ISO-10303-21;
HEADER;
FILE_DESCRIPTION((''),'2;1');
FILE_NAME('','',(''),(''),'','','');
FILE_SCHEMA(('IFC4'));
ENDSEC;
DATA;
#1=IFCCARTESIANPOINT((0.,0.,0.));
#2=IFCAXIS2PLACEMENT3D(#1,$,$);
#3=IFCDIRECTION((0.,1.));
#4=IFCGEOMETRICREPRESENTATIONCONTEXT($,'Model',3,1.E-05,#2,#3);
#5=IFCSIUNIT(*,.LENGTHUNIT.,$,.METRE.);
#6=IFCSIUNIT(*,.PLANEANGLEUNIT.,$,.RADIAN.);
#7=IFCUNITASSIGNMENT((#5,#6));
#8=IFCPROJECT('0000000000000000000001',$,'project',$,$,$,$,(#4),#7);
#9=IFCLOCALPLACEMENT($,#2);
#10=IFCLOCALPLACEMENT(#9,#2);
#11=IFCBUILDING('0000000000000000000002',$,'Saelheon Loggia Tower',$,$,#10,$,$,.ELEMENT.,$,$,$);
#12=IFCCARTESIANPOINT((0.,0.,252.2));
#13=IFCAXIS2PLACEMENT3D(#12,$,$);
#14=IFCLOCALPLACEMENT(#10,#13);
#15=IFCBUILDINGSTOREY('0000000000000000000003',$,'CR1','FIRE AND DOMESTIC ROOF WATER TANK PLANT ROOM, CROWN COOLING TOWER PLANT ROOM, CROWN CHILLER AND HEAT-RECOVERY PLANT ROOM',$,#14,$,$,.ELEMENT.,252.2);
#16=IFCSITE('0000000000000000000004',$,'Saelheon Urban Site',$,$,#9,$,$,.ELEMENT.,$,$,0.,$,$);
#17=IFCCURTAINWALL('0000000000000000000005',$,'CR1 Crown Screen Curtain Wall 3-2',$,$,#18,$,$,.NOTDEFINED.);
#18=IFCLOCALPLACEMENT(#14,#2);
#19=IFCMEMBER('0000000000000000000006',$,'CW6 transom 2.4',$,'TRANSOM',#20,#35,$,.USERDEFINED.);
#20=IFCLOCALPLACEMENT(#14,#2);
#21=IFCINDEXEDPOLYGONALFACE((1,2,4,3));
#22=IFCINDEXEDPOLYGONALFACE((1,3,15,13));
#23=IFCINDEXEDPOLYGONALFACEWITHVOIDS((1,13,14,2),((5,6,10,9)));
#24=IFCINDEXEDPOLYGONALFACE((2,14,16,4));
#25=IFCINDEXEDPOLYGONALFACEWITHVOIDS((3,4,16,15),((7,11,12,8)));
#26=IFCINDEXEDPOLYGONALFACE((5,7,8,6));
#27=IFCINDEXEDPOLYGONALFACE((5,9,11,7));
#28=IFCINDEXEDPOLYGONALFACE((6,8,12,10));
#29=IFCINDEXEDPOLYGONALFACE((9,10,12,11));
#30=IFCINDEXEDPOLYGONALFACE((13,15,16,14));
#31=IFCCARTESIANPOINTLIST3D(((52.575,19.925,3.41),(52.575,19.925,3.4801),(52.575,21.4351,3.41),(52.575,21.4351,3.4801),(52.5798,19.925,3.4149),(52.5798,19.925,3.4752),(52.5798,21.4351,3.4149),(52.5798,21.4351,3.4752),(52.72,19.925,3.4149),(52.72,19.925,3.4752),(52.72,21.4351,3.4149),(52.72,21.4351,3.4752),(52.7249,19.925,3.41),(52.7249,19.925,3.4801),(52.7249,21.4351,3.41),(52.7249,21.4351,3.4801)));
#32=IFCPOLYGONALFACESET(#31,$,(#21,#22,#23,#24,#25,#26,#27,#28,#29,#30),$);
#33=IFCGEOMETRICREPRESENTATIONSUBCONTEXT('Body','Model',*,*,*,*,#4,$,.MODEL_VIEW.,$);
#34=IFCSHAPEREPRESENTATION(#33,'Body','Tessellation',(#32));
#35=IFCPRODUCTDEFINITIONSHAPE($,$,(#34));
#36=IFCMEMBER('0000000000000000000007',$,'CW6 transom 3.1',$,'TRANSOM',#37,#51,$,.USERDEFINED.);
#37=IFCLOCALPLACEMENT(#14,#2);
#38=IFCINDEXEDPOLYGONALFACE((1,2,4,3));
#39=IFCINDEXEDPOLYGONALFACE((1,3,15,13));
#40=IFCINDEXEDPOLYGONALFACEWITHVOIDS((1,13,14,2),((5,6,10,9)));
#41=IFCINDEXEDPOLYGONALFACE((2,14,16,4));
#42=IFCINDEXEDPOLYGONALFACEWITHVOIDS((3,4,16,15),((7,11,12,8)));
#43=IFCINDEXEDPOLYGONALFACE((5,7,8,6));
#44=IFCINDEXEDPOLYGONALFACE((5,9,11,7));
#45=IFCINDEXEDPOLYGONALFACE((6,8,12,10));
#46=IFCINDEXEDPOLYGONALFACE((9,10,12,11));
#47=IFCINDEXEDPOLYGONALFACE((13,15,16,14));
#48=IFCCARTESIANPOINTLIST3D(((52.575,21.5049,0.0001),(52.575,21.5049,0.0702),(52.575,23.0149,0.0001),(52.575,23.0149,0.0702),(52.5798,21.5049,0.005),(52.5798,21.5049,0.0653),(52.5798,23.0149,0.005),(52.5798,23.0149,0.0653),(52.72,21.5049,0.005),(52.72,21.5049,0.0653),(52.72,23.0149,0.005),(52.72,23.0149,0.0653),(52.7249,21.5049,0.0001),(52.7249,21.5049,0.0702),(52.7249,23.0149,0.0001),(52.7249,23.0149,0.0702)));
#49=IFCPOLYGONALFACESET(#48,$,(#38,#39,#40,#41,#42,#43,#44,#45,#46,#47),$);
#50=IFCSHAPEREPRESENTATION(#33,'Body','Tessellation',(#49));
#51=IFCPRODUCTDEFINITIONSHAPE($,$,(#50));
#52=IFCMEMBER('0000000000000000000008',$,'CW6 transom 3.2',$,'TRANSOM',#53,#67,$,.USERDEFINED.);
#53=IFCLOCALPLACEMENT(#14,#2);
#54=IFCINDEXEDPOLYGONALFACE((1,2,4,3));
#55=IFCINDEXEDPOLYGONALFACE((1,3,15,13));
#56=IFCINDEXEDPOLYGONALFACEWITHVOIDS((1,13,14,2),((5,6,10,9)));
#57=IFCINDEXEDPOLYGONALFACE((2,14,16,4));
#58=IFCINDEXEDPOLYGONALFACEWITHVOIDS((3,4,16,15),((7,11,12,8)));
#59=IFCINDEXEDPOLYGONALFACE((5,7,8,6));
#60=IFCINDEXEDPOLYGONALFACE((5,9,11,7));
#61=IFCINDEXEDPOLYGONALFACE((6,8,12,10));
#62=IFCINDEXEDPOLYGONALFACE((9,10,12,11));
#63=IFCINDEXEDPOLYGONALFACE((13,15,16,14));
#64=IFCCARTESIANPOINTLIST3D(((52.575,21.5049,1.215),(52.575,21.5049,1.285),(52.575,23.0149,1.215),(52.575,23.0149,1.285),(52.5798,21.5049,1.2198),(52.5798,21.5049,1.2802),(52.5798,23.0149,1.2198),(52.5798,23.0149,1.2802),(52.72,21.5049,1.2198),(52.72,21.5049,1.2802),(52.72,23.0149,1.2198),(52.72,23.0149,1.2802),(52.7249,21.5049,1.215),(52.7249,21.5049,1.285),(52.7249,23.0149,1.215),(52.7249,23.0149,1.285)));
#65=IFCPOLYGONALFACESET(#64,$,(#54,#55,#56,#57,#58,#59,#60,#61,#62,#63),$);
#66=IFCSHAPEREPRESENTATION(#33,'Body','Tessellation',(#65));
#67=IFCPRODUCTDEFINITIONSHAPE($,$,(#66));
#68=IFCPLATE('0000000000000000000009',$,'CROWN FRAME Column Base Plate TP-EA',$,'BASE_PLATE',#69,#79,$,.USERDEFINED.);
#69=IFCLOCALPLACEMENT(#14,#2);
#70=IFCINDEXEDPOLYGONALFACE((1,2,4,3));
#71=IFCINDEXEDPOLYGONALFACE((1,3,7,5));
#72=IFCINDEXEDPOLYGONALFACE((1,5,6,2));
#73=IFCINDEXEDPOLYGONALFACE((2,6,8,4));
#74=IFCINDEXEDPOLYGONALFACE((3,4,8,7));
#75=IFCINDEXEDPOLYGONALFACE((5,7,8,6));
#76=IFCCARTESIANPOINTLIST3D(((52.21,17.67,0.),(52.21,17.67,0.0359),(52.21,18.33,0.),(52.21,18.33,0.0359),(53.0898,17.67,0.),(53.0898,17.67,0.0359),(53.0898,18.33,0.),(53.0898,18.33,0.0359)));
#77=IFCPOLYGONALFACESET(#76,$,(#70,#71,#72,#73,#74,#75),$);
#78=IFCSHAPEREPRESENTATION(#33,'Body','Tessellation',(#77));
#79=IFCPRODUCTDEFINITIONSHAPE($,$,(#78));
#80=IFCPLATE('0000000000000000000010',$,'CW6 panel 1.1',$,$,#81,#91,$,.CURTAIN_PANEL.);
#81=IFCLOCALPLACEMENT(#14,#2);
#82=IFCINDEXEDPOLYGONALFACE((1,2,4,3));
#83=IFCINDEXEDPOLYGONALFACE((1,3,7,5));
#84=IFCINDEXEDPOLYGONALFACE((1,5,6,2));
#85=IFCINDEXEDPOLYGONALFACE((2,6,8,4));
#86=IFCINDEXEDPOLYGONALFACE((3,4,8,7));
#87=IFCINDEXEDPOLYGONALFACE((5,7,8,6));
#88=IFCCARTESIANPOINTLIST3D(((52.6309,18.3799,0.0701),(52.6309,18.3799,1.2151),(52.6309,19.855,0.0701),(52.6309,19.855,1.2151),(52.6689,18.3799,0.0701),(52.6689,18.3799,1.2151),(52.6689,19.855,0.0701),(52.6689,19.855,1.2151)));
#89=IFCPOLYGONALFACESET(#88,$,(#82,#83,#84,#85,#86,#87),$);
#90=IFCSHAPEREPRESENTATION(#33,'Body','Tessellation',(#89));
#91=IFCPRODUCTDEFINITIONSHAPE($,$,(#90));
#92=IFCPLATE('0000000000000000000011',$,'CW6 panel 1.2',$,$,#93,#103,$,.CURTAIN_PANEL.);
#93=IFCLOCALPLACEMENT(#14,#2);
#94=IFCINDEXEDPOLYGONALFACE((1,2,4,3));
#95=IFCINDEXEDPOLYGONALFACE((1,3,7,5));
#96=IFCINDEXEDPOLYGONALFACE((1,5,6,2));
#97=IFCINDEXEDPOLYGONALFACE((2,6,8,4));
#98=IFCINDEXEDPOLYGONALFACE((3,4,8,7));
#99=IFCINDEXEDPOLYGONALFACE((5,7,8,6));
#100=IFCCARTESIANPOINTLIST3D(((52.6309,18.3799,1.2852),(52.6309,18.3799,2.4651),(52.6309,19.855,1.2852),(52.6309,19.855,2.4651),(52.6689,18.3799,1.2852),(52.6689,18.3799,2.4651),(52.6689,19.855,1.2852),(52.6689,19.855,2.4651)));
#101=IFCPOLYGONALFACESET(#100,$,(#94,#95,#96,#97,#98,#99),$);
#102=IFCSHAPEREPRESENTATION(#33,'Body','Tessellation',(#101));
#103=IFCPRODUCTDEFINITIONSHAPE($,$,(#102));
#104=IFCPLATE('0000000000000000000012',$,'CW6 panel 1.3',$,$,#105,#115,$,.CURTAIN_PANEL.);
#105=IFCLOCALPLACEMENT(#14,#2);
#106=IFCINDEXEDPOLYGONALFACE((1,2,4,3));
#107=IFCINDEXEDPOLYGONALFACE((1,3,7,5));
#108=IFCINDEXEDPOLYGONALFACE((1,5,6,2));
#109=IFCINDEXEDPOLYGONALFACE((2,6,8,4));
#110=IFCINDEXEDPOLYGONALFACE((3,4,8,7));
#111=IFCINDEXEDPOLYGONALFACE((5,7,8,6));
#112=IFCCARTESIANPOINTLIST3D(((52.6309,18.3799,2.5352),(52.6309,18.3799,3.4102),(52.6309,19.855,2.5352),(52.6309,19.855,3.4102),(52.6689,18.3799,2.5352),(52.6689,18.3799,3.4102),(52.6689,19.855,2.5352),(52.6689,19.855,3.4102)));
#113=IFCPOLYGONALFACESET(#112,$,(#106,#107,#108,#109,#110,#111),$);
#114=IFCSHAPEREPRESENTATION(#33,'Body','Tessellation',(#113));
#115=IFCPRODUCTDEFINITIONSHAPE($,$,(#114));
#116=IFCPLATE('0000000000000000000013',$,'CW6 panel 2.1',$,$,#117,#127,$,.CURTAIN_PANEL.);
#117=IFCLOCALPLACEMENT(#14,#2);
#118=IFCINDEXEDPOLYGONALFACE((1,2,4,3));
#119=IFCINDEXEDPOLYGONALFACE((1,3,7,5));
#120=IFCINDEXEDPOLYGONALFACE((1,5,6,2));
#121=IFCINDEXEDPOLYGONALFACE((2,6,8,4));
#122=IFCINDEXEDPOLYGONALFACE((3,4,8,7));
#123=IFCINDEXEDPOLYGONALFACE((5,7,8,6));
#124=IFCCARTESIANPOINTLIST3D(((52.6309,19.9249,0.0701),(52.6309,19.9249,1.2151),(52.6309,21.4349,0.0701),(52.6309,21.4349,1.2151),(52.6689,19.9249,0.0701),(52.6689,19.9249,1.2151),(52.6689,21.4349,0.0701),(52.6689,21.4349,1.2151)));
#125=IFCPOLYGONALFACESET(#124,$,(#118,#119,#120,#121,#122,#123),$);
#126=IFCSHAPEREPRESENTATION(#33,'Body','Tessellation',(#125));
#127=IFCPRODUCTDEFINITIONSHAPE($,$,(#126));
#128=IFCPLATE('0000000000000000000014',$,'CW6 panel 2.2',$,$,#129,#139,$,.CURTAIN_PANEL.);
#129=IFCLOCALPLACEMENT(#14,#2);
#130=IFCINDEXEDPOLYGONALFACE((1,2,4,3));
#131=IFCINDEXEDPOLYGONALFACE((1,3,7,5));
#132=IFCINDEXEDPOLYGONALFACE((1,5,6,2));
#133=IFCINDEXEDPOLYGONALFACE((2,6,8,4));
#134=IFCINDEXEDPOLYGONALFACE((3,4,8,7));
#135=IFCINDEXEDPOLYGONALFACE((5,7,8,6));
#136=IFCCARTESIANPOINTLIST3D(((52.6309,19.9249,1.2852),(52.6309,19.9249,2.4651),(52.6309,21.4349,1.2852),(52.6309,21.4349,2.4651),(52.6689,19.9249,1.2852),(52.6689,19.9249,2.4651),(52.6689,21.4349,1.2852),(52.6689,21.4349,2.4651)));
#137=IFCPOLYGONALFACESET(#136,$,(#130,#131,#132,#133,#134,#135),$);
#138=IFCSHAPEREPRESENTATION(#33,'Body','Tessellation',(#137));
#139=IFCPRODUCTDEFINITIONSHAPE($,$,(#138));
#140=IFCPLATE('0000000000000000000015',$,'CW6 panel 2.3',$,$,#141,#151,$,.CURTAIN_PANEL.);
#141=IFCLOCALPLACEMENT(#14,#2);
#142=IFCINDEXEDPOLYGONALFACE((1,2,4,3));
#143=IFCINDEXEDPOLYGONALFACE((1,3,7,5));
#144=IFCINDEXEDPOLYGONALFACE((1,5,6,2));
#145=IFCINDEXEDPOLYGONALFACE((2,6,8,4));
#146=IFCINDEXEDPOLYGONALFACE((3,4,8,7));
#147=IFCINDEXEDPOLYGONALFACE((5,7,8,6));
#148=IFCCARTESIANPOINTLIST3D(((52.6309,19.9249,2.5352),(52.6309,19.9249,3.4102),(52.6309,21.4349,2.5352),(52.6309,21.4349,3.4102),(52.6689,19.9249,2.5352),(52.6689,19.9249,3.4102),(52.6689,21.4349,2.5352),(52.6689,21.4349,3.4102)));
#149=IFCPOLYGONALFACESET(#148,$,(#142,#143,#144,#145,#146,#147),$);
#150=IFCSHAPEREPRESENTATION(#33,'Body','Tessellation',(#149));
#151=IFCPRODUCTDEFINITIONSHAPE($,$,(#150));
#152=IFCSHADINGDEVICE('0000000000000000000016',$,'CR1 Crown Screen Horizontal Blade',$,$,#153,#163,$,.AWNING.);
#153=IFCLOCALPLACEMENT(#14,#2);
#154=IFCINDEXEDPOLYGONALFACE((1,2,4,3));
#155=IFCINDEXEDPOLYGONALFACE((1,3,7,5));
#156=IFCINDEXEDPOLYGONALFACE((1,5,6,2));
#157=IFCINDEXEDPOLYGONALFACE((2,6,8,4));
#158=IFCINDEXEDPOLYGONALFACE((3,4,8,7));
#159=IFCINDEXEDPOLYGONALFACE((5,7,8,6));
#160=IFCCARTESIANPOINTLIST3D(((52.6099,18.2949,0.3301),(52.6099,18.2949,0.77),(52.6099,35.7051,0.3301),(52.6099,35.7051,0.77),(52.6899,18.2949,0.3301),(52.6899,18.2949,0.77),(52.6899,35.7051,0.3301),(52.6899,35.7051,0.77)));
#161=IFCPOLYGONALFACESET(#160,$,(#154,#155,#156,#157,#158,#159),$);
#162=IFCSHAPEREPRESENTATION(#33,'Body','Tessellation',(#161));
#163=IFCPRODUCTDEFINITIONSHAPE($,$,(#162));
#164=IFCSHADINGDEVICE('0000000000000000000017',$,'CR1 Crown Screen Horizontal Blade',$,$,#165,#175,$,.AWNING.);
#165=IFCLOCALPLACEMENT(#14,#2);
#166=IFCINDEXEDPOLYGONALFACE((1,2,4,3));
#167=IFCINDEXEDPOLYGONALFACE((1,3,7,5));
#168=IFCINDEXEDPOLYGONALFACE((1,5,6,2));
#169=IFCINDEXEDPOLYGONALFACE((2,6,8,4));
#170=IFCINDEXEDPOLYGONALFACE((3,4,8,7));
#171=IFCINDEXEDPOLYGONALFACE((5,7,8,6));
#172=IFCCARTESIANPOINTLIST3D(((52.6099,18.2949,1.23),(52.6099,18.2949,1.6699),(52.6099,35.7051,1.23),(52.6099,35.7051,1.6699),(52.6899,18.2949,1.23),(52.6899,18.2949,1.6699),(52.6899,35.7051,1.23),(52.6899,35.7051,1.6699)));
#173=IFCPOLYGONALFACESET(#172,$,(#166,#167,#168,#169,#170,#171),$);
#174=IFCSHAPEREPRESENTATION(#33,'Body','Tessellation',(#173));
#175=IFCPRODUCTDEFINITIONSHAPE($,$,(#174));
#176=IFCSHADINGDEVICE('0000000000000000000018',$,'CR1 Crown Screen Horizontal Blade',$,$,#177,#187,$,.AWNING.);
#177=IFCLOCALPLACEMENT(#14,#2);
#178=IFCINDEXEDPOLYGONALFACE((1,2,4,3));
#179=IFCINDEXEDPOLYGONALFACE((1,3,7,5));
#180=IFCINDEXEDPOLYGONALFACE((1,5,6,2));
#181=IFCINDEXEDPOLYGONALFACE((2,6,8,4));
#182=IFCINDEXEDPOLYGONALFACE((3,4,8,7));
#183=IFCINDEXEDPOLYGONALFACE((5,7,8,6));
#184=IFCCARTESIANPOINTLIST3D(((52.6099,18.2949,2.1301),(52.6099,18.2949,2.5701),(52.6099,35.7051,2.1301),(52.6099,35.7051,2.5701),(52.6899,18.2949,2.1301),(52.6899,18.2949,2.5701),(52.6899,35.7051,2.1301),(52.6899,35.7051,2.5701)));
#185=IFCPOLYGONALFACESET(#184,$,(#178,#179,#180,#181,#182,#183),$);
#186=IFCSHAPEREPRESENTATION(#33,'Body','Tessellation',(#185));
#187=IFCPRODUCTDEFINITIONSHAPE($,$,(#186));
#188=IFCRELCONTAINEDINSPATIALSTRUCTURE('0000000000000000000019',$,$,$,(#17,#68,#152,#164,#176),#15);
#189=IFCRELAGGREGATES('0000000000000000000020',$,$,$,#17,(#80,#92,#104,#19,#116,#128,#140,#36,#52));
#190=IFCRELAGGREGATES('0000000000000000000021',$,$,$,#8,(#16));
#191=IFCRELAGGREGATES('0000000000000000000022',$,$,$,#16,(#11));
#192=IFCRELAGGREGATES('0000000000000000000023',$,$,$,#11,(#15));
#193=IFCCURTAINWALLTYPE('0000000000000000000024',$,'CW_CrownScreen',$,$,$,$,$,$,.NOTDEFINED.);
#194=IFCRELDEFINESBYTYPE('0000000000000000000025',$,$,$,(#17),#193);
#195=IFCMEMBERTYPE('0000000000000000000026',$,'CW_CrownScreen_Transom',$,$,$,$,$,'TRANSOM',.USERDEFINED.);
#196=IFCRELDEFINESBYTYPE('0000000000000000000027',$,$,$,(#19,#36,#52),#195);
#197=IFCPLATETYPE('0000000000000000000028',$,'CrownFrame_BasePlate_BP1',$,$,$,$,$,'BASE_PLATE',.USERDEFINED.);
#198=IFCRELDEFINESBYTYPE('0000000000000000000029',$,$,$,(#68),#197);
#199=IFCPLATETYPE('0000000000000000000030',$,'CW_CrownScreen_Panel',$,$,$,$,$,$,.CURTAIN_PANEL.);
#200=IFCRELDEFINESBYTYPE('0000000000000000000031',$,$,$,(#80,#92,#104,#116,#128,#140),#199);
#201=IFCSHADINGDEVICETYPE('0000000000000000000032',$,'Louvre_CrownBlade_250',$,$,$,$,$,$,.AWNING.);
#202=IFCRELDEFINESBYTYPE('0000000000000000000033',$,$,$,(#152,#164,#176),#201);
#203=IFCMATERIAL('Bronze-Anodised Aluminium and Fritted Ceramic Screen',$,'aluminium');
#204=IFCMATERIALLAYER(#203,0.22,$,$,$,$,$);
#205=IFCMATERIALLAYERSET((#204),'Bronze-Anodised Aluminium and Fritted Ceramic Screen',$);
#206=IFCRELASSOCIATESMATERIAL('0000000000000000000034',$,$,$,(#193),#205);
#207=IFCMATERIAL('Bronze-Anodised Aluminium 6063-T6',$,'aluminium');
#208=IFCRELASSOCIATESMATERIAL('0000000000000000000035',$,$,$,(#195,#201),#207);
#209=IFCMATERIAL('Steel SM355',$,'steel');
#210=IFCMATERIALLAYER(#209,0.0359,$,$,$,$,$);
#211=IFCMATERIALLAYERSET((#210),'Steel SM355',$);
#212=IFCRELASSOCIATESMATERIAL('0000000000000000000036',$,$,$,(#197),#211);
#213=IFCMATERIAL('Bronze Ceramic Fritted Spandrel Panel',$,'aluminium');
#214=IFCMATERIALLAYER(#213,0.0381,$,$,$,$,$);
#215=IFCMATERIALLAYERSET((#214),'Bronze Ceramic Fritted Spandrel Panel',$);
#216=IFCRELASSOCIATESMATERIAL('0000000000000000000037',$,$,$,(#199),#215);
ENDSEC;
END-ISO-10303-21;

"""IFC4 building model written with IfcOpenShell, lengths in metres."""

from ifc_helpers import new_model, si_unit, direction, frame, origin, origin_2d, place, context, subcontext, project, spatial, rectangle, hollow_rectangle, extrude, source, transform, mapped, material, layer, layer_set, material_profile, profile_set, type_object, element, aggregate, save


model = new_model("IFC4")

# Units and contexts
model_context = context("Model", 3, precision=1e-05, world=origin(), true_north=direction((0.0, 1.0)))
body_context = subcontext(model_context, "Body", "Model", "MODEL_VIEW")
ifc_project = project(units=[si_unit("LENGTHUNIT", "METRE"), si_unit("PLANEANGLEUNIT", "RADIAN")], contexts=[model_context])

# Site, building, storey
site_placement = place(None, origin())
site = spatial("IfcSite", under=ifc_project, at=site_placement, Name="Saelheon Urban Site", CompositionType="ELEMENT", RefElevation=0.0)
building_placement = place(site_placement, origin())
building = spatial("IfcBuilding", under=site, at=building_placement, Name="Saelheon Loggia Tower", CompositionType="ELEMENT")
storey_placement = place(building_placement, frame((0.0, 0.0, 252.2)))
storey = spatial("IfcBuildingStorey", under=building, at=storey_placement, Name="CR1", Description="FIRE AND DOMESTIC ROOF WATER TANK PLANT ROOM, CROWN COOLING TOWER PLANT ROOM, CROWN CHILLER AND HEAT-RECOVERY PLANT ROOM", CompositionType="ELEMENT", Elevation=252.2)

# Curtain wall, members
ifc_material_1 = material(Name="Bronze-Anodised Aluminium and Fritted Ceramic Screen", Category="aluminium")
ifc_layer_1 = layer(ifc_material_1, 0.22)
ifc_layer_set_1 = layer_set([ifc_layer_1], Name="Bronze-Anodised Aluminium and Fritted Ceramic Screen")
curtain_wall_type = type_object("IfcCurtainWallType", Name="CW_CrownScreen", PredefinedType="NOTDEFINED", material=ifc_layer_set_1)
curtain_wall_placement = place(storey_placement, origin())
curtain_wall = element("IfcCurtainWall", 1, at=curtain_wall_placement, inside=storey, type_object=curtain_wall_type, Name="CR1 Crown Screen Curtain Wall 3-2", PredefinedType="NOTDEFINED")
ifc_material_2 = material(Name="Bronze-Anodised Aluminium 6063-T6", Category="aluminium")
ifc_material_profile_1 = material_profile(ifc_material_2, hollow_rectangle(XDim=0.0701, YDim=0.1499, WallThickness=0.0049, at=origin_2d()), Name="RHS-150x70x5")
ifc_profile_set_1 = profile_set([ifc_material_profile_1], Name="Bronze-Anodised Aluminium 6063-T6")
member_type_1 = type_object("IfcMemberType", Name="CW_CrownScreen_Transom", ElementType="TRANSOM", PredefinedType="USERDEFINED", material=ifc_profile_set_1)
shared_shape_1 = source(origin(), body_context, "Body", "SweptSolid", [
    extrude(hollow_rectangle(XDim=0.0701, YDim=0.1499, WallThickness=0.0049, at=origin_2d()), origin(), (0.0, 0.0, 1.0), 1.51),
])
member_1_placement = place(storey_placement, frame((52.6499, 19.925, 3.4451), z_axis=(0.0, 1.0, 0.0), x_axis=(0.0, 0.0, 1.0)))
member_1 = element("IfcMember", 2, at=member_1_placement, type_object=member_type_1, Name="CW6 transom 2.4", ObjectType="TRANSOM", PredefinedType="USERDEFINED", context=body_context, shape_type="MappedRepresentation", body=[
    mapped(shared_shape_1, transform((0.0, 0.0, 0.0), scale=1.0)),
])
member_2_placement = place(storey_placement, frame((52.6499, 21.5049, 0.0352), z_axis=(0.0, 1.0, 0.0), x_axis=(0.0, 0.0, 1.0)))
member_2 = element("IfcMember", 3, at=member_2_placement, type_object=member_type_1, Name="CW6 transom 3.1", ObjectType="TRANSOM", PredefinedType="USERDEFINED", context=body_context, shape_type="MappedRepresentation", body=[
    mapped(shared_shape_1, transform((0.0, 0.0, 0.0), scale=1.0)),
])
member_3_placement = place(storey_placement, frame((52.6499, 21.5049, 1.25), z_axis=(0.0, 1.0, 0.0), x_axis=(0.0, 0.0, 1.0)))
member_3 = element("IfcMember", 4, at=member_3_placement, type_object=member_type_1, Name="CW6 transom 3.2", ObjectType="TRANSOM", PredefinedType="USERDEFINED", context=body_context, shape_type="MappedRepresentation", body=[
    mapped(shared_shape_1, transform((0.0, 0.0, 0.0), scale=1.0)),
])

# Plates
ifc_material_3 = material(Name="Steel SM355", Category="steel")
ifc_layer_2 = layer(ifc_material_3, 0.0359)
ifc_layer_set_2 = layer_set([ifc_layer_2], Name="Steel SM355")
plate_type_1 = type_object("IfcPlateType", Name="CrownFrame_BasePlate_BP1", ElementType="BASE_PLATE", PredefinedType="USERDEFINED", material=ifc_layer_set_2)
shared_shape_2 = source(origin(), body_context, "Body", "SweptSolid", [
    extrude(rectangle(XDim=0.8799, YDim=0.6599, at=origin_2d()), origin(), (0.0, 0.0, 1.0), 0.0359),
])
plate_1_placement = place(storey_placement, frame((52.6499, 18.0, 0.0), z_axis=(0.0, 0.0, 1.0), x_axis=(1.0, 0.0, 0.0)))
element("IfcPlate", 5, at=plate_1_placement, inside=storey, type_object=plate_type_1, Name="CROWN FRAME Column Base Plate TP-EA", ObjectType="BASE_PLATE", PredefinedType="USERDEFINED", context=body_context, shape_type="MappedRepresentation", body=[
    mapped(shared_shape_2, transform((0.0, 0.0, 0.0), scale=1.0)),
])
ifc_material_4 = material(Name="Bronze Ceramic Fritted Spandrel Panel", Category="aluminium")
ifc_layer_3 = layer(ifc_material_4, 0.0381)
ifc_layer_set_3 = layer_set([ifc_layer_3], Name="Bronze Ceramic Fritted Spandrel Panel")
plate_type_2 = type_object("IfcPlateType", Name="CW_CrownScreen_Panel", PredefinedType="CURTAIN_PANEL", material=ifc_layer_set_3)
shared_shape_3 = source(origin(), body_context, "Body", "SweptSolid", [
    extrude(rectangle(XDim=1.4751, YDim=0.0381, at=origin_2d()), origin(), (0.0, 0.0, 1.0), 1.145),
])
plate_2_placement = place(storey_placement, frame((52.6499, 19.1174, 0.0701), z_axis=(0.0, 0.0, 1.0), x_axis=(0.0, 1.0, 0.0)))
plate_2 = element("IfcPlate", 6, at=plate_2_placement, type_object=plate_type_2, Name="CW6 panel 1.1", PredefinedType="CURTAIN_PANEL", context=body_context, shape_type="MappedRepresentation", body=[
    mapped(shared_shape_3, transform((0.0, 0.0, 0.0), scale=1.0)),
])
shared_shape_4 = source(origin(), body_context, "Body", "SweptSolid", [
    extrude(rectangle(XDim=1.4751, YDim=0.0381, at=origin_2d()), origin(), (0.0, 0.0, 1.0), 1.1799),
])
plate_3_placement = place(storey_placement, frame((52.6499, 19.1174, 1.2852), z_axis=(0.0, 0.0, 1.0), x_axis=(0.0, 1.0, 0.0)))
plate_3 = element("IfcPlate", 7, at=plate_3_placement, type_object=plate_type_2, Name="CW6 panel 1.2", PredefinedType="CURTAIN_PANEL", context=body_context, shape_type="MappedRepresentation", body=[
    mapped(shared_shape_4, transform((0.0, 0.0, 0.0), scale=1.0)),
])
shared_shape_5 = source(origin(), body_context, "Body", "SweptSolid", [
    extrude(rectangle(XDim=1.4751, YDim=0.0381, at=origin_2d()), origin(), (0.0, 0.0, 1.0), 0.875),
])
plate_4_placement = place(storey_placement, frame((52.6499, 19.1174, 2.5352), z_axis=(0.0, 0.0, 1.0), x_axis=(0.0, 1.0, 0.0)))
plate_4 = element("IfcPlate", 8, at=plate_4_placement, type_object=plate_type_2, Name="CW6 panel 1.3", PredefinedType="CURTAIN_PANEL", context=body_context, shape_type="MappedRepresentation", body=[
    mapped(shared_shape_5, transform((0.0, 0.0, 0.0), scale=1.0)),
])
shared_shape_6 = source(origin(), body_context, "Body", "SweptSolid", [
    extrude(rectangle(XDim=1.51, YDim=0.0381, at=origin_2d()), origin(), (0.0, 0.0, 1.0), 1.145),
])
plate_5_placement = place(storey_placement, frame((52.6499, 20.6799, 0.0701), z_axis=(0.0, 0.0, 1.0), x_axis=(0.0, 1.0, 0.0)))
plate_5 = element("IfcPlate", 9, at=plate_5_placement, type_object=plate_type_2, Name="CW6 panel 2.1", PredefinedType="CURTAIN_PANEL", context=body_context, shape_type="MappedRepresentation", body=[
    mapped(shared_shape_6, transform((0.0, 0.0, 0.0), scale=1.0)),
])
shared_shape_7 = source(origin(), body_context, "Body", "SweptSolid", [
    extrude(rectangle(XDim=1.51, YDim=0.0381, at=origin_2d()), origin(), (0.0, 0.0, 1.0), 1.1799),
])
plate_6_placement = place(storey_placement, frame((52.6499, 20.6799, 1.2852), z_axis=(0.0, 0.0, 1.0), x_axis=(0.0, 1.0, 0.0)))
plate_6 = element("IfcPlate", 10, at=plate_6_placement, type_object=plate_type_2, Name="CW6 panel 2.2", PredefinedType="CURTAIN_PANEL", context=body_context, shape_type="MappedRepresentation", body=[
    mapped(shared_shape_7, transform((0.0, 0.0, 0.0), scale=1.0)),
])
shared_shape_8 = source(origin(), body_context, "Body", "SweptSolid", [
    extrude(rectangle(XDim=1.51, YDim=0.0381, at=origin_2d()), origin(), (0.0, 0.0, 1.0), 0.875),
])
plate_7_placement = place(storey_placement, frame((52.6499, 20.6799, 2.5352), z_axis=(0.0, 0.0, 1.0), x_axis=(0.0, 1.0, 0.0)))
plate_7 = element("IfcPlate", 11, at=plate_7_placement, type_object=plate_type_2, Name="CW6 panel 2.3", PredefinedType="CURTAIN_PANEL", context=body_context, shape_type="MappedRepresentation", body=[
    mapped(shared_shape_8, transform((0.0, 0.0, 0.0), scale=1.0)),
])
aggregate(curtain_wall, [plate_2, plate_3, plate_4, member_1, plate_5, plate_6, plate_7, member_2, member_3])

# Shading devices
ifc_material_profile_2 = material_profile(ifc_material_2, rectangle(XDim=0.0801, YDim=0.4399, at=origin_2d()), Name="Louvre_CrownBlade_250")
ifc_profile_set_2 = profile_set([ifc_material_profile_2], Name="Bronze-Anodised Aluminium 6063-T6")
shading_device_type = type_object("IfcShadingDeviceType", Name="Louvre_CrownBlade_250", PredefinedType="AWNING", material=ifc_profile_set_2)
shared_shape_9 = source(origin(), body_context, "Body", "SweptSolid", [
    extrude(rectangle(XDim=0.0801, YDim=0.4399, at=origin_2d()), origin(), (0.0, 0.0, 1.0), 17.4102),
])
for number, where, z_axis, x_axis, name in (
    (12, (52.6499, 18.2949, 0.55), (0.0, 1.0, 0.0), (-1.0, 0.0, 0.0), "CR1 Crown Screen Horizontal Blade"),
    (13, (52.6499, 18.2949, 1.45), (0.0, 1.0, 0.0), (-1.0, 0.0, 0.0), "CR1 Crown Screen Horizontal Blade"),
    (14, (52.6499, 18.2949, 2.3501), (0.0, 1.0, 0.0), (-1.0, 0.0, 0.0), "CR1 Crown Screen Horizontal Blade"),
):
    element("IfcShadingDevice", number, at=place(storey_placement, frame(where, z_axis=z_axis, x_axis=x_axis)), inside=storey, type_object=shading_device_type, Name=name, PredefinedType="AWNING", context=body_context, shape_type="MappedRepresentation", body=[
        mapped(shared_shape_9, transform((0.0, 0.0, 0.0), scale=1.0)),
    ])

save(model, "model.ifc")
